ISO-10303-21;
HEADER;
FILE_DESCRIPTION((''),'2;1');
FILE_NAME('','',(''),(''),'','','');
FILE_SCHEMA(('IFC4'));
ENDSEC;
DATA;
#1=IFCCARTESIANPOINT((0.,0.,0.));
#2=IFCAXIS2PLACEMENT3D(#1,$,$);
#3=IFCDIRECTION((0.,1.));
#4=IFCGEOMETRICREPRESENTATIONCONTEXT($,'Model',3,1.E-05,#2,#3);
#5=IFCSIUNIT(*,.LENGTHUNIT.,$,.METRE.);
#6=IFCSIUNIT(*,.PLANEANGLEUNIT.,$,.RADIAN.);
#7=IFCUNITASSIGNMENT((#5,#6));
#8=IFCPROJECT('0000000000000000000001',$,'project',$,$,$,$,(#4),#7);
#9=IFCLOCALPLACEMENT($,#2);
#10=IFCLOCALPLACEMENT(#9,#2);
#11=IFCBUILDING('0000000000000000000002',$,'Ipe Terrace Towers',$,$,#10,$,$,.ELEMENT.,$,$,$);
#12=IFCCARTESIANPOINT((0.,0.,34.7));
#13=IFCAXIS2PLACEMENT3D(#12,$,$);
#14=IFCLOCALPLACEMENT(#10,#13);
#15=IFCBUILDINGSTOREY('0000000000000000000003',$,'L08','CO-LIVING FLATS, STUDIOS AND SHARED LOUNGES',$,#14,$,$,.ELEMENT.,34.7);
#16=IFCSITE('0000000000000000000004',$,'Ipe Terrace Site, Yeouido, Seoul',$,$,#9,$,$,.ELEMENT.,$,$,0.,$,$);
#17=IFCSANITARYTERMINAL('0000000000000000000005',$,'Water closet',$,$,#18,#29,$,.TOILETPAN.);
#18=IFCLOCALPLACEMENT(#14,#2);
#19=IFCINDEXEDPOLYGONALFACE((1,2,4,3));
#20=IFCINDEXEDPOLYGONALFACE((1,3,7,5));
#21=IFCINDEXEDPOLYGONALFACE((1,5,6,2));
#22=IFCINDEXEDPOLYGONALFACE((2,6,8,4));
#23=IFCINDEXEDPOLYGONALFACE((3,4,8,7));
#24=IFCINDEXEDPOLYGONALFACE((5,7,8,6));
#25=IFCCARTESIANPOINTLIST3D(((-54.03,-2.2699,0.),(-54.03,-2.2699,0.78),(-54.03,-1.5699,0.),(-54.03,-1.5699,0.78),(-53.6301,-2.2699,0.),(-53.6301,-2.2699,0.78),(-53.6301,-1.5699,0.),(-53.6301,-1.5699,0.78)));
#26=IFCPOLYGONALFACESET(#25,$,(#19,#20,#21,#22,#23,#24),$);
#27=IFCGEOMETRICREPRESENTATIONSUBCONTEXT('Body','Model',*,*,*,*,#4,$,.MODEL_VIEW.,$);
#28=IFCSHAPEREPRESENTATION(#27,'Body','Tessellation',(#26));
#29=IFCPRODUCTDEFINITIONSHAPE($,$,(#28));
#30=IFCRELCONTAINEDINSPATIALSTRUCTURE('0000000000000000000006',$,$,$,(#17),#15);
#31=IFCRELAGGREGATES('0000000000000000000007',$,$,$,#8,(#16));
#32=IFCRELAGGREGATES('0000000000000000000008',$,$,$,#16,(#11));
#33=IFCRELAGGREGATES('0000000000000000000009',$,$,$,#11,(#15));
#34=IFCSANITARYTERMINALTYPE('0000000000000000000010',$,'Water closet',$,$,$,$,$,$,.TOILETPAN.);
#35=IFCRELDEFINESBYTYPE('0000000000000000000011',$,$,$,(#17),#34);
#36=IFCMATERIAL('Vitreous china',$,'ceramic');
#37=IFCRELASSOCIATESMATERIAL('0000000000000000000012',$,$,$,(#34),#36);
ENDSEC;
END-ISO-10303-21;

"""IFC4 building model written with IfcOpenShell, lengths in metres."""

from ifc_helpers import new_model, si_unit, direction, frame, origin, origin_2d, place, context, subcontext, project, spatial, rectangle, extrude, material, type_object, element, save


model = new_model("IFC4")

# Units and contexts
model_context = context("Model", 3, precision=1e-05, world=origin(), true_north=direction((0.0, 1.0)))
body_context = subcontext(model_context, "Body", "Model", "MODEL_VIEW")
ifc_project = project(units=[si_unit("LENGTHUNIT", "METRE"), si_unit("PLANEANGLEUNIT", "RADIAN")], contexts=[model_context])

# Site, building, storey
site_placement = place(None, origin())
site = spatial("IfcSite", under=ifc_project, at=site_placement, Name="Ipe Terrace Site, Yeouido, Seoul", CompositionType="ELEMENT", RefElevation=0.0)
building_placement = place(site_placement, origin())
building = spatial("IfcBuilding", under=site, at=building_placement, Name="Ipe Terrace Towers", CompositionType="ELEMENT")
storey_placement = place(building_placement, frame((0.0, 0.0, 34.7)))
storey = spatial("IfcBuildingStorey", under=building, at=storey_placement, Name="L08", Description="CO-LIVING FLATS, STUDIOS AND SHARED LOUNGES", CompositionType="ELEMENT", Elevation=34.7)

# Sanitary terminal
ifc_material_1 = material(Name="Vitreous china", Category="ceramic")
sanitary_terminal_type_1 = type_object("IfcSanitaryTerminalType", Name="Water closet", PredefinedType="TOILETPAN", material=ifc_material_1)
sanitary_terminal_1_placement = place(storey_placement, frame((-53.8301, -1.9199, 0.0), z_axis=(0.0, 0.0, 1.0), x_axis=(0.0, -1.0, 0.0)))
element("IfcSanitaryTerminal", 1, at=sanitary_terminal_1_placement, inside=storey, type_object=sanitary_terminal_type_1, Name="Water closet", PredefinedType="TOILETPAN", context=body_context, shape_type="SweptSolid", body=[
    extrude(rectangle(XDim=0.7, YDim=0.3999, at=origin_2d()), origin(), (0.0, 0.0, 1.0), 0.78),
])

save(model, "model.ifc")
